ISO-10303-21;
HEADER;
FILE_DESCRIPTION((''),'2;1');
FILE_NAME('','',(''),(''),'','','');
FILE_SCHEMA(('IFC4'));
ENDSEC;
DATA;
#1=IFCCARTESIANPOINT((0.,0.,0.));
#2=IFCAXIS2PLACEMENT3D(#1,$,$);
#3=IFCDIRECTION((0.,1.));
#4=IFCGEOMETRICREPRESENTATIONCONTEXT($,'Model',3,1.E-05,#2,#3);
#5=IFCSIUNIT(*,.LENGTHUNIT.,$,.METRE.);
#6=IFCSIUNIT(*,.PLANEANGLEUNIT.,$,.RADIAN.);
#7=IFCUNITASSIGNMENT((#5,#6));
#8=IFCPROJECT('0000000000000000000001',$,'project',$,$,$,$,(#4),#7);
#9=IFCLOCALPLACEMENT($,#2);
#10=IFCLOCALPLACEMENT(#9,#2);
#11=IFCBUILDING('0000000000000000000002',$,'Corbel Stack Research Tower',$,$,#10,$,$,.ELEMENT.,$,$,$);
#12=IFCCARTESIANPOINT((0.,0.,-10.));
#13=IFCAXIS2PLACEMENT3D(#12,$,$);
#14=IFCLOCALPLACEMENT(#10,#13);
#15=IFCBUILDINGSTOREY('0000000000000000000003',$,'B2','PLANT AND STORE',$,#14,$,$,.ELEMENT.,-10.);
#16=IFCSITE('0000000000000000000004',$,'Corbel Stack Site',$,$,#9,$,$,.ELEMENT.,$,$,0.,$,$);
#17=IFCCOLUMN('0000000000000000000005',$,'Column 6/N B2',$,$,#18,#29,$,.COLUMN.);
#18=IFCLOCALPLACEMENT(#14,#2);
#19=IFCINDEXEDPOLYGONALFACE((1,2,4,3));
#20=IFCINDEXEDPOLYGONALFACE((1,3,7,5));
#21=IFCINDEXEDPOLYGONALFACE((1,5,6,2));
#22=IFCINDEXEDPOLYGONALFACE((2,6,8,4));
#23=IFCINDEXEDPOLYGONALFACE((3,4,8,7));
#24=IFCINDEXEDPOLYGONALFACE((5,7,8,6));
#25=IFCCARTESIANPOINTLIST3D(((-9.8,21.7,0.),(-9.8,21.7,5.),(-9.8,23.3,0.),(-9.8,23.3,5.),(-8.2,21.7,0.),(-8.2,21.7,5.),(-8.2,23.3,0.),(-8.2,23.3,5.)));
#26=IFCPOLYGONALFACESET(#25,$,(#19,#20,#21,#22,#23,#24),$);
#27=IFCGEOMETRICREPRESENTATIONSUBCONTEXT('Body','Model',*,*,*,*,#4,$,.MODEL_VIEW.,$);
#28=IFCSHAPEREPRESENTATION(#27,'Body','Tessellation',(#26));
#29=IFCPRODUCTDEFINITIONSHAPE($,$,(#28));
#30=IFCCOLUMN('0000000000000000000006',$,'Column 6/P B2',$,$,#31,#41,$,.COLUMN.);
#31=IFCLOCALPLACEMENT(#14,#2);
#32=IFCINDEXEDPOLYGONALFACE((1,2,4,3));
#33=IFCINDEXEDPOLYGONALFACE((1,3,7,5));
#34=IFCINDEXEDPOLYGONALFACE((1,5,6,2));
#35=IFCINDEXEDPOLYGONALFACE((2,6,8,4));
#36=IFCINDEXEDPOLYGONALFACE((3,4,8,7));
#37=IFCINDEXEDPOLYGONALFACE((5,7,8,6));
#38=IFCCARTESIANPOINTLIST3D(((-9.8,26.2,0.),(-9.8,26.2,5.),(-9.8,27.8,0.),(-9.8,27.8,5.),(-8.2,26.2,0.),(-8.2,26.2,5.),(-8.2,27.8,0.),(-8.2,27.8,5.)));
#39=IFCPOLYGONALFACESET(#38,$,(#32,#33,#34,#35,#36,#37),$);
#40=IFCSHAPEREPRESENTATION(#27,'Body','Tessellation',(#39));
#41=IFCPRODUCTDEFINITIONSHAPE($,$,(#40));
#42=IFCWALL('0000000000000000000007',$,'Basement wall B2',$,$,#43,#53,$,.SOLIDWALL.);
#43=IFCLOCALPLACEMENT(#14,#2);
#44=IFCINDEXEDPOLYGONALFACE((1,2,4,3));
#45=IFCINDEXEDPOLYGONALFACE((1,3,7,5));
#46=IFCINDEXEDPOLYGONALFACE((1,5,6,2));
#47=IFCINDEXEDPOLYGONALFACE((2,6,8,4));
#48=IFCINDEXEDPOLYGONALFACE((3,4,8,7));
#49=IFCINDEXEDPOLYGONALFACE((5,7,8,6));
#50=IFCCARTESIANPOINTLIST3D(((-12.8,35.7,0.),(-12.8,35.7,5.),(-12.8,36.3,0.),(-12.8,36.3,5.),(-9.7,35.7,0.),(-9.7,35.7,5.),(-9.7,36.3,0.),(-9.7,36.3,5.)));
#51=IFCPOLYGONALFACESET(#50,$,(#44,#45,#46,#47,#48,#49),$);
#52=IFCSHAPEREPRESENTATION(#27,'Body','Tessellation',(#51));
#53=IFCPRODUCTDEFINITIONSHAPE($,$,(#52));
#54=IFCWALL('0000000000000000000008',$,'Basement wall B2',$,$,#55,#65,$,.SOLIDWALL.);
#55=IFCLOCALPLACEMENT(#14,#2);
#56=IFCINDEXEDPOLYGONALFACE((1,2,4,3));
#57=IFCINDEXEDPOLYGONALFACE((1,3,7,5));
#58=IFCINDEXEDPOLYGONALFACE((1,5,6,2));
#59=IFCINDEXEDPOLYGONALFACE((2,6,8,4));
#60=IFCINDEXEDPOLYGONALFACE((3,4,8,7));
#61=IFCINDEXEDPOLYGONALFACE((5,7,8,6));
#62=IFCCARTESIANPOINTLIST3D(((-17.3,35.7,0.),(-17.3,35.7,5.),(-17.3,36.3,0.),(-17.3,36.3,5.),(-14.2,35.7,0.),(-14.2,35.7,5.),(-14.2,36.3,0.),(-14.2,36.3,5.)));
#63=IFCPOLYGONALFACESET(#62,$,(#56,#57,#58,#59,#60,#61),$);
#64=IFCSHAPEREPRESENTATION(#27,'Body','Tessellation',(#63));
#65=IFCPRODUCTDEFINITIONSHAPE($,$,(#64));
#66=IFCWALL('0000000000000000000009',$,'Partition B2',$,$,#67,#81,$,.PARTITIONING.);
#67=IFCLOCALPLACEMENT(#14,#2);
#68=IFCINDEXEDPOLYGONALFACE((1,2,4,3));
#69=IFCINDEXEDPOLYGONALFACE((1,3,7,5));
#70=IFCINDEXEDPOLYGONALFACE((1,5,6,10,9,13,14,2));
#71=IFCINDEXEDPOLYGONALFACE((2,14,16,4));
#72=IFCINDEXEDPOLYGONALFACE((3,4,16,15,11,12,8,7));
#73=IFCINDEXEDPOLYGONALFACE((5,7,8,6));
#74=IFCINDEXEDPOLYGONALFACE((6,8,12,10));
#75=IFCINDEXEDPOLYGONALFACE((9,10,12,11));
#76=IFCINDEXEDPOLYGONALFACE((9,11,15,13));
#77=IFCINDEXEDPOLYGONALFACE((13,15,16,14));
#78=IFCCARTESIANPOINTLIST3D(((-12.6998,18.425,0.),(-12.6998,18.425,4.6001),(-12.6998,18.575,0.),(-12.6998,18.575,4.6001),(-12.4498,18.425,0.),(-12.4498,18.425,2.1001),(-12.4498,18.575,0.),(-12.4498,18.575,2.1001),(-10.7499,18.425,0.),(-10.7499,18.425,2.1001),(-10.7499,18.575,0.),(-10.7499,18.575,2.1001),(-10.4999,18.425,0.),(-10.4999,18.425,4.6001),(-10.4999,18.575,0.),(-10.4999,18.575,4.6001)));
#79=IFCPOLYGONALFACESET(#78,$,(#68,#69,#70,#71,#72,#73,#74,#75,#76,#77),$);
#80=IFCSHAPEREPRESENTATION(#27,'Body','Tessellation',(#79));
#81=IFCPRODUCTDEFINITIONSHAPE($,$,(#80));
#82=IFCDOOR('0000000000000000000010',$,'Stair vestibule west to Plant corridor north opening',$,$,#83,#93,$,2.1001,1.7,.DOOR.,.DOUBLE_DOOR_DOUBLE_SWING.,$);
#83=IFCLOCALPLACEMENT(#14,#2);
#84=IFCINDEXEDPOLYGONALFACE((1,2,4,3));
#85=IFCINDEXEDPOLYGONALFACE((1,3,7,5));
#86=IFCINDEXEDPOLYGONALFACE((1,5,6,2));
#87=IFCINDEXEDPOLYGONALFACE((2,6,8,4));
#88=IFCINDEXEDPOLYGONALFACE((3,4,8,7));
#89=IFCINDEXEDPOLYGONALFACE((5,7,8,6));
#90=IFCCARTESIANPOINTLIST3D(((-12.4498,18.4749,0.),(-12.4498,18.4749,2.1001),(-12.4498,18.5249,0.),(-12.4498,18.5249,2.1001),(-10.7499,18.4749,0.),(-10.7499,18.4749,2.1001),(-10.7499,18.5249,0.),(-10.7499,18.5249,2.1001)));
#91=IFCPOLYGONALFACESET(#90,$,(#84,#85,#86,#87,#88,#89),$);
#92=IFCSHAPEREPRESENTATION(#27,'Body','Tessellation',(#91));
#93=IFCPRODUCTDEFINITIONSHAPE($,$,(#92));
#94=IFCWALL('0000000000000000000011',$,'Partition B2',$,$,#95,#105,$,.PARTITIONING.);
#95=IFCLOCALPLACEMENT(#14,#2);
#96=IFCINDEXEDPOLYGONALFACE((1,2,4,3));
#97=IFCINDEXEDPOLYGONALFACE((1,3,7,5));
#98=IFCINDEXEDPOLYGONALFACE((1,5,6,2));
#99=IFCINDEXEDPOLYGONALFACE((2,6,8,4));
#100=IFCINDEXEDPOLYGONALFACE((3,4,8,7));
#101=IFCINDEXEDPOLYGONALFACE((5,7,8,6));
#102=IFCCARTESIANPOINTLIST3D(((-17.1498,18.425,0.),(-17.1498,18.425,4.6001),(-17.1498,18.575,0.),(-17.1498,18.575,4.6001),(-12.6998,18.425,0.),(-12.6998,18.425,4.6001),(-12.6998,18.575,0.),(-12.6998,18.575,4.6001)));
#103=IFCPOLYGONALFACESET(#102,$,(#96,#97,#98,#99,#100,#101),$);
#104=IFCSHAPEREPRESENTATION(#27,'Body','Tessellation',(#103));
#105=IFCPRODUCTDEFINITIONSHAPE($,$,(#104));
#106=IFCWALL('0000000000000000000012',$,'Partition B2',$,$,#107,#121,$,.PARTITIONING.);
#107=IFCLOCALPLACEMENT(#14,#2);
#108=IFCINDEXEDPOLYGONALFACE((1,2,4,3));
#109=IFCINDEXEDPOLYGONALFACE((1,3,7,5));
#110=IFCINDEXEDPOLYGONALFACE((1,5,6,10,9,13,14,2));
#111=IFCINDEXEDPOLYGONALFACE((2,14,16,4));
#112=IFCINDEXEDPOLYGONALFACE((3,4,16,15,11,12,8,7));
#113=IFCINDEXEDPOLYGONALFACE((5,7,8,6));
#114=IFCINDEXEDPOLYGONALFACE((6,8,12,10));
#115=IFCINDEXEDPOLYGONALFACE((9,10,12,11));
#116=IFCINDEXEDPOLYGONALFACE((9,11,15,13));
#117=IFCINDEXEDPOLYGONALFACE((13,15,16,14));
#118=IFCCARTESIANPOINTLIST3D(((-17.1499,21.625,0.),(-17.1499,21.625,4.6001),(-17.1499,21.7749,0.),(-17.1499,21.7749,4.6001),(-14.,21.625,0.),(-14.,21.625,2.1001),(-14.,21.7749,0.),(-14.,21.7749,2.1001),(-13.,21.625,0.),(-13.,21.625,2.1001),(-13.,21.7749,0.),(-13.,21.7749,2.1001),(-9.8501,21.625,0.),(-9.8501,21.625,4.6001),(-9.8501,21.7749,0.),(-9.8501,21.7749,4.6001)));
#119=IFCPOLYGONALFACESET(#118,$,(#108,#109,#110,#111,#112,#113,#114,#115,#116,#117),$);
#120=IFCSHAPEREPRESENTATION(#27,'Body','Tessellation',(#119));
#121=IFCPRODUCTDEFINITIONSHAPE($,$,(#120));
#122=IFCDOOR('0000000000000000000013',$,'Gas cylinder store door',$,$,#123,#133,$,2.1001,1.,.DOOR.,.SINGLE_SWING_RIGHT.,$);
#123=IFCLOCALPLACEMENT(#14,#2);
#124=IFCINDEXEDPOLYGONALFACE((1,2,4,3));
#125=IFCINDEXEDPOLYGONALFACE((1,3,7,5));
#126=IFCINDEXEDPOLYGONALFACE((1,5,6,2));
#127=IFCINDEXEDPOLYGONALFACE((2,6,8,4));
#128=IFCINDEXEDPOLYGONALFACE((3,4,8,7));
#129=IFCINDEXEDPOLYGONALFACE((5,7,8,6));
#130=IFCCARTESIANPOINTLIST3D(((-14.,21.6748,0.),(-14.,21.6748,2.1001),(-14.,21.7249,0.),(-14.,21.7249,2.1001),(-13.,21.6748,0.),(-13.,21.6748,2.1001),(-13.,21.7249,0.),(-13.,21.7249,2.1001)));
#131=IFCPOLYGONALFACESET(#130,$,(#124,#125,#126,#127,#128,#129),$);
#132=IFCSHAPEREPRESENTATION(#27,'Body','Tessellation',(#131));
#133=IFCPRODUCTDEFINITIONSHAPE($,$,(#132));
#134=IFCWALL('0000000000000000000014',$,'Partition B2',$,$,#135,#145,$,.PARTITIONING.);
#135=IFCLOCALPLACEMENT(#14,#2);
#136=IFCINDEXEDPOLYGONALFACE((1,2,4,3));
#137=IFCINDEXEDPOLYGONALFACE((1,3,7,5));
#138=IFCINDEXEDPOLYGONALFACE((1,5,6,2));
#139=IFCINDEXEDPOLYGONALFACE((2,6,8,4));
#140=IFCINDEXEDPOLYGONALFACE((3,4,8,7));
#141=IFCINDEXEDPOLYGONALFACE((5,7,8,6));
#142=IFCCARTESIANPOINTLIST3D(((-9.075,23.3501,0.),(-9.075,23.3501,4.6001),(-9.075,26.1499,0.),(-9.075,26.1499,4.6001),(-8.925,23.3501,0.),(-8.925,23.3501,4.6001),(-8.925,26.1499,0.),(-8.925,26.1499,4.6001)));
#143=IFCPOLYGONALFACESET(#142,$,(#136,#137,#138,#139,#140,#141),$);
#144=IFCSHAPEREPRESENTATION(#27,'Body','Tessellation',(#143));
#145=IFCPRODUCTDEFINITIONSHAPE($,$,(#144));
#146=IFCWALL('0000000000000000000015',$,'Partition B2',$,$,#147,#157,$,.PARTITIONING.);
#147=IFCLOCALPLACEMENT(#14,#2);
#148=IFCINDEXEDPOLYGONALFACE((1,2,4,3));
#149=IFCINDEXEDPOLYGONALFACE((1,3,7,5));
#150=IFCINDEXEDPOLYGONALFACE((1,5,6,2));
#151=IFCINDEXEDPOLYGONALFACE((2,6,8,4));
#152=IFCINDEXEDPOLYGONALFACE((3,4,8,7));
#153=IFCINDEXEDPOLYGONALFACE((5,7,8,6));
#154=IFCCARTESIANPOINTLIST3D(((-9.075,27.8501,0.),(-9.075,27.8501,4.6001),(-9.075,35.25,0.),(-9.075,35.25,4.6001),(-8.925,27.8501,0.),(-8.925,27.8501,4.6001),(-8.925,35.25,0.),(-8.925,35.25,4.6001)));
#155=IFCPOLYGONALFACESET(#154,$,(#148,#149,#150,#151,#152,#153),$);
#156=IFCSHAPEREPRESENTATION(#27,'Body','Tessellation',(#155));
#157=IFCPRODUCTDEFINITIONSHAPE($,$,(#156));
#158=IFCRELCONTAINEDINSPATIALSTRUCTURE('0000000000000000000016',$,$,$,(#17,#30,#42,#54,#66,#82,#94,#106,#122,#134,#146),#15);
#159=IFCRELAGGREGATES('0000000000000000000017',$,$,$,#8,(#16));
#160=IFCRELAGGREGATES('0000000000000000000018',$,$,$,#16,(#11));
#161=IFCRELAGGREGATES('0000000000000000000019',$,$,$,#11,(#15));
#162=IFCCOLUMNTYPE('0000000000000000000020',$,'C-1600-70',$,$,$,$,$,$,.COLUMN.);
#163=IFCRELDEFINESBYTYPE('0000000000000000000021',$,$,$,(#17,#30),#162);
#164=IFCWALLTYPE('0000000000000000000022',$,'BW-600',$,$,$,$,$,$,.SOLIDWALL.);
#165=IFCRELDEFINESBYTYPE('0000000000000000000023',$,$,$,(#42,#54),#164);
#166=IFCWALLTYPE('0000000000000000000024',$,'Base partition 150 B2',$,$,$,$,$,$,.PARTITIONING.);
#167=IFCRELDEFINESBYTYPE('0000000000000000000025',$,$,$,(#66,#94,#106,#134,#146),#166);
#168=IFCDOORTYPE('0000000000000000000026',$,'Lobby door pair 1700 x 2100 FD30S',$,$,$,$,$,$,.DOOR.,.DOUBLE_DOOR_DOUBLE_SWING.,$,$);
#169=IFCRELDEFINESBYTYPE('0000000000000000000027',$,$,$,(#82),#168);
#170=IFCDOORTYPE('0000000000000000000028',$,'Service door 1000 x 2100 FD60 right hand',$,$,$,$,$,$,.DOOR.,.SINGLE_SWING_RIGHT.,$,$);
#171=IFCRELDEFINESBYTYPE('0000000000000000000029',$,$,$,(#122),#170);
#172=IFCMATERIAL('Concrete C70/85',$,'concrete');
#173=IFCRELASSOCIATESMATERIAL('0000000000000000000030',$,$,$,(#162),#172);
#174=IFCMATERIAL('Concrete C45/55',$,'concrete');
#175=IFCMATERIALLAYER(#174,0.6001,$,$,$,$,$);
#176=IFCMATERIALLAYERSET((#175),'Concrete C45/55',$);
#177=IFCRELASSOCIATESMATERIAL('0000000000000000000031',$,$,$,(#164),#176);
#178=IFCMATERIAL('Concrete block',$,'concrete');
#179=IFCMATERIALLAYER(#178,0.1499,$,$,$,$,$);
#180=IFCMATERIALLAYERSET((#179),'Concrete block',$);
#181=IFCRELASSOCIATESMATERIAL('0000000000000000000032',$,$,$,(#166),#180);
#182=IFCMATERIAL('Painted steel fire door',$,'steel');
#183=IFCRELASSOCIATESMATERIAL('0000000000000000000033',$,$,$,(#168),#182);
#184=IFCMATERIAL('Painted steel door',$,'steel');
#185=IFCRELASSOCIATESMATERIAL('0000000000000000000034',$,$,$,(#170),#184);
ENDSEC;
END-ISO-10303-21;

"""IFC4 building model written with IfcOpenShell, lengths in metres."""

from ifc_helpers import new_model, si_unit, direction, frame, frame_2d, origin, origin_2d, place, context, subcontext, project, spatial, rectangle, extrude, material, layer, layer_set, material_profile, profile_set, type_object, element, fill, save


model = new_model("IFC4")

# Units and contexts
model_context = context("Model", 3, precision=1e-05, world=origin(), true_north=direction((0.0, 1.0)))
body_context = subcontext(model_context, "Body", "Model", "MODEL_VIEW")
ifc_project = project(units=[si_unit("LENGTHUNIT", "METRE"), si_unit("PLANEANGLEUNIT", "RADIAN")], contexts=[model_context])

# Site, building, storey
site_placement = place(None, origin())
site = spatial("IfcSite", under=ifc_project, at=site_placement, Name="Corbel Stack Site", CompositionType="ELEMENT", RefElevation=0.0)
building_placement = place(site_placement, origin())
building = spatial("IfcBuilding", under=site, at=building_placement, Name="Corbel Stack Research Tower", CompositionType="ELEMENT")
storey_placement = place(building_placement, frame((0.0, 0.0, -10.0)))
storey = spatial("IfcBuildingStorey", under=building, at=storey_placement, Name="B2", Description="PLANT AND STORE", CompositionType="ELEMENT", Elevation=-10.0)

# Columns
ifc_material_1 = material(Name="Concrete C70/85", Category="concrete")
ifc_material_profile_1 = material_profile(ifc_material_1, rectangle(XDim=1.6001, YDim=1.6001, at=origin_2d()), Name="RC 1600 x 1600")
ifc_profile_set_1 = profile_set([ifc_material_profile_1], Name="Concrete C70/85")
column_type_1 = type_object("IfcColumnType", Name="C-1600-70", PredefinedType="COLUMN", material=ifc_profile_set_1)
for number, where, z_axis, x_axis, name in (
    (1, (-9.0, 22.5, 0.0), (0.0, 0.0, 1.0), (1.0, 0.0, 0.0), "Column 6/N B2"),
    (2, (-9.0, 27.0, 0.0), (0.0, 0.0, 1.0), (1.0, 0.0, 0.0), "Column 6/P B2"),
):
    element("IfcColumn", number, at=place(storey_placement, frame(where, z_axis=z_axis, x_axis=x_axis)), inside=storey, type_object=column_type_1, Name=name, PredefinedType="COLUMN", context=body_context, shape_type="SweptSolid", body=[
        extrude(rectangle(XDim=1.6001, YDim=1.6001, at=origin_2d()), origin(), (0.0, 0.0, 1.0), 5.0),
    ])

# Walls
ifc_material_2 = material(Name="Concrete C45/55", Category="concrete")
ifc_layer_1 = layer(ifc_material_2, 0.6001)
ifc_layer_set_1 = layer_set([ifc_layer_1], Name="Concrete C45/55")
wall_type_1 = type_object("IfcWallType", Name="BW-600", PredefinedType="SOLIDWALL", material=ifc_layer_set_1)
for number, where, z_axis, x_axis, name in (
    (3, (-9.7, 36.0, 0.0), (0.0, 0.0, 1.0), (-1.0, 0.0, 0.0), "Basement wall B2"),
    (4, (-14.2, 36.0, 0.0), (0.0, 0.0, 1.0), (-1.0, 0.0, 0.0), "Basement wall B2"),
):
    element("IfcWall", number, at=place(storey_placement, frame(where, z_axis=z_axis, x_axis=x_axis)), inside=storey, type_object=wall_type_1, Name=name, PredefinedType="SOLIDWALL", context=body_context, shape_type="SweptSolid", body=[
        extrude(rectangle(XDim=3.1001, YDim=0.6001, at=frame_2d((1.55, 0.0))), origin(), (0.0, 0.0, 1.0), 5.0),
    ])

# Wall, opening, door
ifc_material_3 = material(Name="Concrete block", Category="concrete")
ifc_layer_2 = layer(ifc_material_3, 0.1499)
ifc_layer_set_2 = layer_set([ifc_layer_2], Name="Concrete block")
wall_type_2 = type_object("IfcWallType", Name="Base partition 150 B2", PredefinedType="PARTITIONING", material=ifc_layer_set_2)
wall_1_placement = place(storey_placement, frame((-12.7, 18.5, 0.0), z_axis=(0.0, 0.0, 1.0), x_axis=(1.0, 0.0, 0.0)))
wall_1 = element("IfcWall", 5, at=wall_1_placement, inside=storey, type_object=wall_type_2, Name="Partition B2", PredefinedType="PARTITIONING", context=body_context, shape_type="SweptSolid", body=[
    extrude(rectangle(XDim=2.2, YDim=0.1499, at=frame_2d((1.1001, 0.0))), origin(), (0.0, 0.0, 1.0), 4.6001),
])
opening_1_placement = place(wall_1_placement, frame((0.25, 0.0, 0.0)))
opening_1 = element("IfcOpeningElement", 6, at=opening_1_placement, cuts=wall_1, PredefinedType="OPENING", context=body_context, shape_type="SweptSolid", body=[
    extrude(rectangle(XDim=1.7, YDim=2.1001, at=frame_2d((0.8501, 1.05))), frame((0.0, 0.085, 0.0), z_axis=(0.0, -1.0, 0.0), x_axis=(1.0, 0.0, 0.0)), (0.0, 0.0, 1.0), 0.1699),
])
ifc_material_4 = material(Name="Painted steel fire door", Category="steel")
door_type_1 = type_object("IfcDoorType", Name="Lobby door pair 1700 x 2100 FD30S", OperationType="DOUBLE_DOOR_DOUBLE_SWING", PredefinedType="DOOR", material=ifc_material_4)
door_1_placement = place(opening_1_placement, origin())
door_1 = element("IfcDoor", 7, at=door_1_placement, inside=storey, type_object=door_type_1, Name="Stair vestibule west to Plant corridor north opening", OperationType="DOUBLE_DOOR_DOUBLE_SWING", OverallHeight=2.1001, OverallWidth=1.7, PredefinedType="DOOR", context=body_context, shape_type="SweptSolid", body=[
    extrude(rectangle(XDim=1.7, YDim=2.1001, at=frame_2d((0.8501, 1.05))), frame((0.0, 0.0249, 0.0), z_axis=(0.0, -1.0, 0.0), x_axis=(1.0, 0.0, 0.0)), (0.0, 0.0, 1.0), 0.05),
])
fill(opening_1, door_1)

# Wall
wall_2_placement = place(storey_placement, frame((-17.1499, 18.5, 0.0), z_axis=(0.0, 0.0, 1.0), x_axis=(1.0, 0.0, 0.0)))
element("IfcWall", 8, at=wall_2_placement, inside=storey, type_object=wall_type_2, Name="Partition B2", PredefinedType="PARTITIONING", context=body_context, shape_type="SweptSolid", body=[
    extrude(rectangle(XDim=4.45, YDim=0.1499, at=frame_2d((2.2251, 0.0))), origin(), (0.0, 0.0, 1.0), 4.6001),
])

# Wall, opening, door
wall_3_placement = place(storey_placement, frame((-17.1499, 21.7, 0.0), z_axis=(0.0, 0.0, 1.0), x_axis=(1.0, 0.0, 0.0)))
wall_3 = element("IfcWall", 9, at=wall_3_placement, inside=storey, type_object=wall_type_2, Name="Partition B2", PredefinedType="PARTITIONING", context=body_context, shape_type="SweptSolid", body=[
    extrude(rectangle(XDim=7.2998, YDim=0.1499, at=frame_2d((3.6499, 0.0))), origin(), (0.0, 0.0, 1.0), 4.6001),
])
opening_2_placement = place(wall_3_placement, frame((3.1499, 0.0, 0.0)))
opening_2 = element("IfcOpeningElement", 10, at=opening_2_placement, cuts=wall_3, PredefinedType="OPENING", context=body_context, shape_type="SweptSolid", body=[
    extrude(rectangle(XDim=1.0, YDim=2.1001, at=frame_2d((0.5, 1.05))), frame((0.0, 0.085, 0.0), z_axis=(0.0, -1.0, 0.0), x_axis=(1.0, 0.0, 0.0)), (0.0, 0.0, 1.0), 0.1699),
])
ifc_material_5 = material(Name="Painted steel door", Category="steel")
door_type_2 = type_object("IfcDoorType", Name="Service door 1000 x 2100 FD60 right hand", OperationType="SINGLE_SWING_RIGHT", PredefinedType="DOOR", material=ifc_material_5)
door_2_placement = place(opening_2_placement, origin())
door_2 = element("IfcDoor", 11, at=door_2_placement, inside=storey, type_object=door_type_2, Name="Gas cylinder store door", OperationType="SINGLE_SWING_RIGHT", OverallHeight=2.1001, OverallWidth=1.0, PredefinedType="DOOR", context=body_context, shape_type="SweptSolid", body=[
    extrude(rectangle(XDim=1.0, YDim=2.1001, at=frame_2d((0.5, 1.05))), frame((0.0, 0.0249, 0.0), z_axis=(0.0, -1.0, 0.0), x_axis=(1.0, 0.0, 0.0)), (0.0, 0.0, 1.0), 0.05),
])
fill(opening_2, door_2)

# Walls
wall_4_placement = place(storey_placement, frame((-9.0, 23.3501, 0.0), z_axis=(0.0, 0.0, 1.0), x_axis=(0.0, 1.0, 0.0)))
element("IfcWall", 12, at=wall_4_placement, inside=storey, type_object=wall_type_2, Name="Partition B2", PredefinedType="PARTITIONING", context=body_context, shape_type="SweptSolid", body=[
    extrude(rectangle(XDim=2.7998, YDim=0.1499, at=frame_2d((1.3999, 0.0))), origin(), (0.0, 0.0, 1.0), 4.6001),
])
wall_5_placement = place(storey_placement, frame((-9.0, 27.8501, 0.0), z_axis=(0.0, 0.0, 1.0), x_axis=(0.0, 1.0, 0.0)))
element("IfcWall", 13, at=wall_5_placement, inside=storey, type_object=wall_type_2, Name="Partition B2", PredefinedType="PARTITIONING", context=body_context, shape_type="SweptSolid", body=[
    extrude(rectangle(XDim=7.3999, YDim=0.1499, at=frame_2d((3.7, 0.0))), origin(), (0.0, 0.0, 1.0), 4.6001),
])

save(model, "model.ifc")
